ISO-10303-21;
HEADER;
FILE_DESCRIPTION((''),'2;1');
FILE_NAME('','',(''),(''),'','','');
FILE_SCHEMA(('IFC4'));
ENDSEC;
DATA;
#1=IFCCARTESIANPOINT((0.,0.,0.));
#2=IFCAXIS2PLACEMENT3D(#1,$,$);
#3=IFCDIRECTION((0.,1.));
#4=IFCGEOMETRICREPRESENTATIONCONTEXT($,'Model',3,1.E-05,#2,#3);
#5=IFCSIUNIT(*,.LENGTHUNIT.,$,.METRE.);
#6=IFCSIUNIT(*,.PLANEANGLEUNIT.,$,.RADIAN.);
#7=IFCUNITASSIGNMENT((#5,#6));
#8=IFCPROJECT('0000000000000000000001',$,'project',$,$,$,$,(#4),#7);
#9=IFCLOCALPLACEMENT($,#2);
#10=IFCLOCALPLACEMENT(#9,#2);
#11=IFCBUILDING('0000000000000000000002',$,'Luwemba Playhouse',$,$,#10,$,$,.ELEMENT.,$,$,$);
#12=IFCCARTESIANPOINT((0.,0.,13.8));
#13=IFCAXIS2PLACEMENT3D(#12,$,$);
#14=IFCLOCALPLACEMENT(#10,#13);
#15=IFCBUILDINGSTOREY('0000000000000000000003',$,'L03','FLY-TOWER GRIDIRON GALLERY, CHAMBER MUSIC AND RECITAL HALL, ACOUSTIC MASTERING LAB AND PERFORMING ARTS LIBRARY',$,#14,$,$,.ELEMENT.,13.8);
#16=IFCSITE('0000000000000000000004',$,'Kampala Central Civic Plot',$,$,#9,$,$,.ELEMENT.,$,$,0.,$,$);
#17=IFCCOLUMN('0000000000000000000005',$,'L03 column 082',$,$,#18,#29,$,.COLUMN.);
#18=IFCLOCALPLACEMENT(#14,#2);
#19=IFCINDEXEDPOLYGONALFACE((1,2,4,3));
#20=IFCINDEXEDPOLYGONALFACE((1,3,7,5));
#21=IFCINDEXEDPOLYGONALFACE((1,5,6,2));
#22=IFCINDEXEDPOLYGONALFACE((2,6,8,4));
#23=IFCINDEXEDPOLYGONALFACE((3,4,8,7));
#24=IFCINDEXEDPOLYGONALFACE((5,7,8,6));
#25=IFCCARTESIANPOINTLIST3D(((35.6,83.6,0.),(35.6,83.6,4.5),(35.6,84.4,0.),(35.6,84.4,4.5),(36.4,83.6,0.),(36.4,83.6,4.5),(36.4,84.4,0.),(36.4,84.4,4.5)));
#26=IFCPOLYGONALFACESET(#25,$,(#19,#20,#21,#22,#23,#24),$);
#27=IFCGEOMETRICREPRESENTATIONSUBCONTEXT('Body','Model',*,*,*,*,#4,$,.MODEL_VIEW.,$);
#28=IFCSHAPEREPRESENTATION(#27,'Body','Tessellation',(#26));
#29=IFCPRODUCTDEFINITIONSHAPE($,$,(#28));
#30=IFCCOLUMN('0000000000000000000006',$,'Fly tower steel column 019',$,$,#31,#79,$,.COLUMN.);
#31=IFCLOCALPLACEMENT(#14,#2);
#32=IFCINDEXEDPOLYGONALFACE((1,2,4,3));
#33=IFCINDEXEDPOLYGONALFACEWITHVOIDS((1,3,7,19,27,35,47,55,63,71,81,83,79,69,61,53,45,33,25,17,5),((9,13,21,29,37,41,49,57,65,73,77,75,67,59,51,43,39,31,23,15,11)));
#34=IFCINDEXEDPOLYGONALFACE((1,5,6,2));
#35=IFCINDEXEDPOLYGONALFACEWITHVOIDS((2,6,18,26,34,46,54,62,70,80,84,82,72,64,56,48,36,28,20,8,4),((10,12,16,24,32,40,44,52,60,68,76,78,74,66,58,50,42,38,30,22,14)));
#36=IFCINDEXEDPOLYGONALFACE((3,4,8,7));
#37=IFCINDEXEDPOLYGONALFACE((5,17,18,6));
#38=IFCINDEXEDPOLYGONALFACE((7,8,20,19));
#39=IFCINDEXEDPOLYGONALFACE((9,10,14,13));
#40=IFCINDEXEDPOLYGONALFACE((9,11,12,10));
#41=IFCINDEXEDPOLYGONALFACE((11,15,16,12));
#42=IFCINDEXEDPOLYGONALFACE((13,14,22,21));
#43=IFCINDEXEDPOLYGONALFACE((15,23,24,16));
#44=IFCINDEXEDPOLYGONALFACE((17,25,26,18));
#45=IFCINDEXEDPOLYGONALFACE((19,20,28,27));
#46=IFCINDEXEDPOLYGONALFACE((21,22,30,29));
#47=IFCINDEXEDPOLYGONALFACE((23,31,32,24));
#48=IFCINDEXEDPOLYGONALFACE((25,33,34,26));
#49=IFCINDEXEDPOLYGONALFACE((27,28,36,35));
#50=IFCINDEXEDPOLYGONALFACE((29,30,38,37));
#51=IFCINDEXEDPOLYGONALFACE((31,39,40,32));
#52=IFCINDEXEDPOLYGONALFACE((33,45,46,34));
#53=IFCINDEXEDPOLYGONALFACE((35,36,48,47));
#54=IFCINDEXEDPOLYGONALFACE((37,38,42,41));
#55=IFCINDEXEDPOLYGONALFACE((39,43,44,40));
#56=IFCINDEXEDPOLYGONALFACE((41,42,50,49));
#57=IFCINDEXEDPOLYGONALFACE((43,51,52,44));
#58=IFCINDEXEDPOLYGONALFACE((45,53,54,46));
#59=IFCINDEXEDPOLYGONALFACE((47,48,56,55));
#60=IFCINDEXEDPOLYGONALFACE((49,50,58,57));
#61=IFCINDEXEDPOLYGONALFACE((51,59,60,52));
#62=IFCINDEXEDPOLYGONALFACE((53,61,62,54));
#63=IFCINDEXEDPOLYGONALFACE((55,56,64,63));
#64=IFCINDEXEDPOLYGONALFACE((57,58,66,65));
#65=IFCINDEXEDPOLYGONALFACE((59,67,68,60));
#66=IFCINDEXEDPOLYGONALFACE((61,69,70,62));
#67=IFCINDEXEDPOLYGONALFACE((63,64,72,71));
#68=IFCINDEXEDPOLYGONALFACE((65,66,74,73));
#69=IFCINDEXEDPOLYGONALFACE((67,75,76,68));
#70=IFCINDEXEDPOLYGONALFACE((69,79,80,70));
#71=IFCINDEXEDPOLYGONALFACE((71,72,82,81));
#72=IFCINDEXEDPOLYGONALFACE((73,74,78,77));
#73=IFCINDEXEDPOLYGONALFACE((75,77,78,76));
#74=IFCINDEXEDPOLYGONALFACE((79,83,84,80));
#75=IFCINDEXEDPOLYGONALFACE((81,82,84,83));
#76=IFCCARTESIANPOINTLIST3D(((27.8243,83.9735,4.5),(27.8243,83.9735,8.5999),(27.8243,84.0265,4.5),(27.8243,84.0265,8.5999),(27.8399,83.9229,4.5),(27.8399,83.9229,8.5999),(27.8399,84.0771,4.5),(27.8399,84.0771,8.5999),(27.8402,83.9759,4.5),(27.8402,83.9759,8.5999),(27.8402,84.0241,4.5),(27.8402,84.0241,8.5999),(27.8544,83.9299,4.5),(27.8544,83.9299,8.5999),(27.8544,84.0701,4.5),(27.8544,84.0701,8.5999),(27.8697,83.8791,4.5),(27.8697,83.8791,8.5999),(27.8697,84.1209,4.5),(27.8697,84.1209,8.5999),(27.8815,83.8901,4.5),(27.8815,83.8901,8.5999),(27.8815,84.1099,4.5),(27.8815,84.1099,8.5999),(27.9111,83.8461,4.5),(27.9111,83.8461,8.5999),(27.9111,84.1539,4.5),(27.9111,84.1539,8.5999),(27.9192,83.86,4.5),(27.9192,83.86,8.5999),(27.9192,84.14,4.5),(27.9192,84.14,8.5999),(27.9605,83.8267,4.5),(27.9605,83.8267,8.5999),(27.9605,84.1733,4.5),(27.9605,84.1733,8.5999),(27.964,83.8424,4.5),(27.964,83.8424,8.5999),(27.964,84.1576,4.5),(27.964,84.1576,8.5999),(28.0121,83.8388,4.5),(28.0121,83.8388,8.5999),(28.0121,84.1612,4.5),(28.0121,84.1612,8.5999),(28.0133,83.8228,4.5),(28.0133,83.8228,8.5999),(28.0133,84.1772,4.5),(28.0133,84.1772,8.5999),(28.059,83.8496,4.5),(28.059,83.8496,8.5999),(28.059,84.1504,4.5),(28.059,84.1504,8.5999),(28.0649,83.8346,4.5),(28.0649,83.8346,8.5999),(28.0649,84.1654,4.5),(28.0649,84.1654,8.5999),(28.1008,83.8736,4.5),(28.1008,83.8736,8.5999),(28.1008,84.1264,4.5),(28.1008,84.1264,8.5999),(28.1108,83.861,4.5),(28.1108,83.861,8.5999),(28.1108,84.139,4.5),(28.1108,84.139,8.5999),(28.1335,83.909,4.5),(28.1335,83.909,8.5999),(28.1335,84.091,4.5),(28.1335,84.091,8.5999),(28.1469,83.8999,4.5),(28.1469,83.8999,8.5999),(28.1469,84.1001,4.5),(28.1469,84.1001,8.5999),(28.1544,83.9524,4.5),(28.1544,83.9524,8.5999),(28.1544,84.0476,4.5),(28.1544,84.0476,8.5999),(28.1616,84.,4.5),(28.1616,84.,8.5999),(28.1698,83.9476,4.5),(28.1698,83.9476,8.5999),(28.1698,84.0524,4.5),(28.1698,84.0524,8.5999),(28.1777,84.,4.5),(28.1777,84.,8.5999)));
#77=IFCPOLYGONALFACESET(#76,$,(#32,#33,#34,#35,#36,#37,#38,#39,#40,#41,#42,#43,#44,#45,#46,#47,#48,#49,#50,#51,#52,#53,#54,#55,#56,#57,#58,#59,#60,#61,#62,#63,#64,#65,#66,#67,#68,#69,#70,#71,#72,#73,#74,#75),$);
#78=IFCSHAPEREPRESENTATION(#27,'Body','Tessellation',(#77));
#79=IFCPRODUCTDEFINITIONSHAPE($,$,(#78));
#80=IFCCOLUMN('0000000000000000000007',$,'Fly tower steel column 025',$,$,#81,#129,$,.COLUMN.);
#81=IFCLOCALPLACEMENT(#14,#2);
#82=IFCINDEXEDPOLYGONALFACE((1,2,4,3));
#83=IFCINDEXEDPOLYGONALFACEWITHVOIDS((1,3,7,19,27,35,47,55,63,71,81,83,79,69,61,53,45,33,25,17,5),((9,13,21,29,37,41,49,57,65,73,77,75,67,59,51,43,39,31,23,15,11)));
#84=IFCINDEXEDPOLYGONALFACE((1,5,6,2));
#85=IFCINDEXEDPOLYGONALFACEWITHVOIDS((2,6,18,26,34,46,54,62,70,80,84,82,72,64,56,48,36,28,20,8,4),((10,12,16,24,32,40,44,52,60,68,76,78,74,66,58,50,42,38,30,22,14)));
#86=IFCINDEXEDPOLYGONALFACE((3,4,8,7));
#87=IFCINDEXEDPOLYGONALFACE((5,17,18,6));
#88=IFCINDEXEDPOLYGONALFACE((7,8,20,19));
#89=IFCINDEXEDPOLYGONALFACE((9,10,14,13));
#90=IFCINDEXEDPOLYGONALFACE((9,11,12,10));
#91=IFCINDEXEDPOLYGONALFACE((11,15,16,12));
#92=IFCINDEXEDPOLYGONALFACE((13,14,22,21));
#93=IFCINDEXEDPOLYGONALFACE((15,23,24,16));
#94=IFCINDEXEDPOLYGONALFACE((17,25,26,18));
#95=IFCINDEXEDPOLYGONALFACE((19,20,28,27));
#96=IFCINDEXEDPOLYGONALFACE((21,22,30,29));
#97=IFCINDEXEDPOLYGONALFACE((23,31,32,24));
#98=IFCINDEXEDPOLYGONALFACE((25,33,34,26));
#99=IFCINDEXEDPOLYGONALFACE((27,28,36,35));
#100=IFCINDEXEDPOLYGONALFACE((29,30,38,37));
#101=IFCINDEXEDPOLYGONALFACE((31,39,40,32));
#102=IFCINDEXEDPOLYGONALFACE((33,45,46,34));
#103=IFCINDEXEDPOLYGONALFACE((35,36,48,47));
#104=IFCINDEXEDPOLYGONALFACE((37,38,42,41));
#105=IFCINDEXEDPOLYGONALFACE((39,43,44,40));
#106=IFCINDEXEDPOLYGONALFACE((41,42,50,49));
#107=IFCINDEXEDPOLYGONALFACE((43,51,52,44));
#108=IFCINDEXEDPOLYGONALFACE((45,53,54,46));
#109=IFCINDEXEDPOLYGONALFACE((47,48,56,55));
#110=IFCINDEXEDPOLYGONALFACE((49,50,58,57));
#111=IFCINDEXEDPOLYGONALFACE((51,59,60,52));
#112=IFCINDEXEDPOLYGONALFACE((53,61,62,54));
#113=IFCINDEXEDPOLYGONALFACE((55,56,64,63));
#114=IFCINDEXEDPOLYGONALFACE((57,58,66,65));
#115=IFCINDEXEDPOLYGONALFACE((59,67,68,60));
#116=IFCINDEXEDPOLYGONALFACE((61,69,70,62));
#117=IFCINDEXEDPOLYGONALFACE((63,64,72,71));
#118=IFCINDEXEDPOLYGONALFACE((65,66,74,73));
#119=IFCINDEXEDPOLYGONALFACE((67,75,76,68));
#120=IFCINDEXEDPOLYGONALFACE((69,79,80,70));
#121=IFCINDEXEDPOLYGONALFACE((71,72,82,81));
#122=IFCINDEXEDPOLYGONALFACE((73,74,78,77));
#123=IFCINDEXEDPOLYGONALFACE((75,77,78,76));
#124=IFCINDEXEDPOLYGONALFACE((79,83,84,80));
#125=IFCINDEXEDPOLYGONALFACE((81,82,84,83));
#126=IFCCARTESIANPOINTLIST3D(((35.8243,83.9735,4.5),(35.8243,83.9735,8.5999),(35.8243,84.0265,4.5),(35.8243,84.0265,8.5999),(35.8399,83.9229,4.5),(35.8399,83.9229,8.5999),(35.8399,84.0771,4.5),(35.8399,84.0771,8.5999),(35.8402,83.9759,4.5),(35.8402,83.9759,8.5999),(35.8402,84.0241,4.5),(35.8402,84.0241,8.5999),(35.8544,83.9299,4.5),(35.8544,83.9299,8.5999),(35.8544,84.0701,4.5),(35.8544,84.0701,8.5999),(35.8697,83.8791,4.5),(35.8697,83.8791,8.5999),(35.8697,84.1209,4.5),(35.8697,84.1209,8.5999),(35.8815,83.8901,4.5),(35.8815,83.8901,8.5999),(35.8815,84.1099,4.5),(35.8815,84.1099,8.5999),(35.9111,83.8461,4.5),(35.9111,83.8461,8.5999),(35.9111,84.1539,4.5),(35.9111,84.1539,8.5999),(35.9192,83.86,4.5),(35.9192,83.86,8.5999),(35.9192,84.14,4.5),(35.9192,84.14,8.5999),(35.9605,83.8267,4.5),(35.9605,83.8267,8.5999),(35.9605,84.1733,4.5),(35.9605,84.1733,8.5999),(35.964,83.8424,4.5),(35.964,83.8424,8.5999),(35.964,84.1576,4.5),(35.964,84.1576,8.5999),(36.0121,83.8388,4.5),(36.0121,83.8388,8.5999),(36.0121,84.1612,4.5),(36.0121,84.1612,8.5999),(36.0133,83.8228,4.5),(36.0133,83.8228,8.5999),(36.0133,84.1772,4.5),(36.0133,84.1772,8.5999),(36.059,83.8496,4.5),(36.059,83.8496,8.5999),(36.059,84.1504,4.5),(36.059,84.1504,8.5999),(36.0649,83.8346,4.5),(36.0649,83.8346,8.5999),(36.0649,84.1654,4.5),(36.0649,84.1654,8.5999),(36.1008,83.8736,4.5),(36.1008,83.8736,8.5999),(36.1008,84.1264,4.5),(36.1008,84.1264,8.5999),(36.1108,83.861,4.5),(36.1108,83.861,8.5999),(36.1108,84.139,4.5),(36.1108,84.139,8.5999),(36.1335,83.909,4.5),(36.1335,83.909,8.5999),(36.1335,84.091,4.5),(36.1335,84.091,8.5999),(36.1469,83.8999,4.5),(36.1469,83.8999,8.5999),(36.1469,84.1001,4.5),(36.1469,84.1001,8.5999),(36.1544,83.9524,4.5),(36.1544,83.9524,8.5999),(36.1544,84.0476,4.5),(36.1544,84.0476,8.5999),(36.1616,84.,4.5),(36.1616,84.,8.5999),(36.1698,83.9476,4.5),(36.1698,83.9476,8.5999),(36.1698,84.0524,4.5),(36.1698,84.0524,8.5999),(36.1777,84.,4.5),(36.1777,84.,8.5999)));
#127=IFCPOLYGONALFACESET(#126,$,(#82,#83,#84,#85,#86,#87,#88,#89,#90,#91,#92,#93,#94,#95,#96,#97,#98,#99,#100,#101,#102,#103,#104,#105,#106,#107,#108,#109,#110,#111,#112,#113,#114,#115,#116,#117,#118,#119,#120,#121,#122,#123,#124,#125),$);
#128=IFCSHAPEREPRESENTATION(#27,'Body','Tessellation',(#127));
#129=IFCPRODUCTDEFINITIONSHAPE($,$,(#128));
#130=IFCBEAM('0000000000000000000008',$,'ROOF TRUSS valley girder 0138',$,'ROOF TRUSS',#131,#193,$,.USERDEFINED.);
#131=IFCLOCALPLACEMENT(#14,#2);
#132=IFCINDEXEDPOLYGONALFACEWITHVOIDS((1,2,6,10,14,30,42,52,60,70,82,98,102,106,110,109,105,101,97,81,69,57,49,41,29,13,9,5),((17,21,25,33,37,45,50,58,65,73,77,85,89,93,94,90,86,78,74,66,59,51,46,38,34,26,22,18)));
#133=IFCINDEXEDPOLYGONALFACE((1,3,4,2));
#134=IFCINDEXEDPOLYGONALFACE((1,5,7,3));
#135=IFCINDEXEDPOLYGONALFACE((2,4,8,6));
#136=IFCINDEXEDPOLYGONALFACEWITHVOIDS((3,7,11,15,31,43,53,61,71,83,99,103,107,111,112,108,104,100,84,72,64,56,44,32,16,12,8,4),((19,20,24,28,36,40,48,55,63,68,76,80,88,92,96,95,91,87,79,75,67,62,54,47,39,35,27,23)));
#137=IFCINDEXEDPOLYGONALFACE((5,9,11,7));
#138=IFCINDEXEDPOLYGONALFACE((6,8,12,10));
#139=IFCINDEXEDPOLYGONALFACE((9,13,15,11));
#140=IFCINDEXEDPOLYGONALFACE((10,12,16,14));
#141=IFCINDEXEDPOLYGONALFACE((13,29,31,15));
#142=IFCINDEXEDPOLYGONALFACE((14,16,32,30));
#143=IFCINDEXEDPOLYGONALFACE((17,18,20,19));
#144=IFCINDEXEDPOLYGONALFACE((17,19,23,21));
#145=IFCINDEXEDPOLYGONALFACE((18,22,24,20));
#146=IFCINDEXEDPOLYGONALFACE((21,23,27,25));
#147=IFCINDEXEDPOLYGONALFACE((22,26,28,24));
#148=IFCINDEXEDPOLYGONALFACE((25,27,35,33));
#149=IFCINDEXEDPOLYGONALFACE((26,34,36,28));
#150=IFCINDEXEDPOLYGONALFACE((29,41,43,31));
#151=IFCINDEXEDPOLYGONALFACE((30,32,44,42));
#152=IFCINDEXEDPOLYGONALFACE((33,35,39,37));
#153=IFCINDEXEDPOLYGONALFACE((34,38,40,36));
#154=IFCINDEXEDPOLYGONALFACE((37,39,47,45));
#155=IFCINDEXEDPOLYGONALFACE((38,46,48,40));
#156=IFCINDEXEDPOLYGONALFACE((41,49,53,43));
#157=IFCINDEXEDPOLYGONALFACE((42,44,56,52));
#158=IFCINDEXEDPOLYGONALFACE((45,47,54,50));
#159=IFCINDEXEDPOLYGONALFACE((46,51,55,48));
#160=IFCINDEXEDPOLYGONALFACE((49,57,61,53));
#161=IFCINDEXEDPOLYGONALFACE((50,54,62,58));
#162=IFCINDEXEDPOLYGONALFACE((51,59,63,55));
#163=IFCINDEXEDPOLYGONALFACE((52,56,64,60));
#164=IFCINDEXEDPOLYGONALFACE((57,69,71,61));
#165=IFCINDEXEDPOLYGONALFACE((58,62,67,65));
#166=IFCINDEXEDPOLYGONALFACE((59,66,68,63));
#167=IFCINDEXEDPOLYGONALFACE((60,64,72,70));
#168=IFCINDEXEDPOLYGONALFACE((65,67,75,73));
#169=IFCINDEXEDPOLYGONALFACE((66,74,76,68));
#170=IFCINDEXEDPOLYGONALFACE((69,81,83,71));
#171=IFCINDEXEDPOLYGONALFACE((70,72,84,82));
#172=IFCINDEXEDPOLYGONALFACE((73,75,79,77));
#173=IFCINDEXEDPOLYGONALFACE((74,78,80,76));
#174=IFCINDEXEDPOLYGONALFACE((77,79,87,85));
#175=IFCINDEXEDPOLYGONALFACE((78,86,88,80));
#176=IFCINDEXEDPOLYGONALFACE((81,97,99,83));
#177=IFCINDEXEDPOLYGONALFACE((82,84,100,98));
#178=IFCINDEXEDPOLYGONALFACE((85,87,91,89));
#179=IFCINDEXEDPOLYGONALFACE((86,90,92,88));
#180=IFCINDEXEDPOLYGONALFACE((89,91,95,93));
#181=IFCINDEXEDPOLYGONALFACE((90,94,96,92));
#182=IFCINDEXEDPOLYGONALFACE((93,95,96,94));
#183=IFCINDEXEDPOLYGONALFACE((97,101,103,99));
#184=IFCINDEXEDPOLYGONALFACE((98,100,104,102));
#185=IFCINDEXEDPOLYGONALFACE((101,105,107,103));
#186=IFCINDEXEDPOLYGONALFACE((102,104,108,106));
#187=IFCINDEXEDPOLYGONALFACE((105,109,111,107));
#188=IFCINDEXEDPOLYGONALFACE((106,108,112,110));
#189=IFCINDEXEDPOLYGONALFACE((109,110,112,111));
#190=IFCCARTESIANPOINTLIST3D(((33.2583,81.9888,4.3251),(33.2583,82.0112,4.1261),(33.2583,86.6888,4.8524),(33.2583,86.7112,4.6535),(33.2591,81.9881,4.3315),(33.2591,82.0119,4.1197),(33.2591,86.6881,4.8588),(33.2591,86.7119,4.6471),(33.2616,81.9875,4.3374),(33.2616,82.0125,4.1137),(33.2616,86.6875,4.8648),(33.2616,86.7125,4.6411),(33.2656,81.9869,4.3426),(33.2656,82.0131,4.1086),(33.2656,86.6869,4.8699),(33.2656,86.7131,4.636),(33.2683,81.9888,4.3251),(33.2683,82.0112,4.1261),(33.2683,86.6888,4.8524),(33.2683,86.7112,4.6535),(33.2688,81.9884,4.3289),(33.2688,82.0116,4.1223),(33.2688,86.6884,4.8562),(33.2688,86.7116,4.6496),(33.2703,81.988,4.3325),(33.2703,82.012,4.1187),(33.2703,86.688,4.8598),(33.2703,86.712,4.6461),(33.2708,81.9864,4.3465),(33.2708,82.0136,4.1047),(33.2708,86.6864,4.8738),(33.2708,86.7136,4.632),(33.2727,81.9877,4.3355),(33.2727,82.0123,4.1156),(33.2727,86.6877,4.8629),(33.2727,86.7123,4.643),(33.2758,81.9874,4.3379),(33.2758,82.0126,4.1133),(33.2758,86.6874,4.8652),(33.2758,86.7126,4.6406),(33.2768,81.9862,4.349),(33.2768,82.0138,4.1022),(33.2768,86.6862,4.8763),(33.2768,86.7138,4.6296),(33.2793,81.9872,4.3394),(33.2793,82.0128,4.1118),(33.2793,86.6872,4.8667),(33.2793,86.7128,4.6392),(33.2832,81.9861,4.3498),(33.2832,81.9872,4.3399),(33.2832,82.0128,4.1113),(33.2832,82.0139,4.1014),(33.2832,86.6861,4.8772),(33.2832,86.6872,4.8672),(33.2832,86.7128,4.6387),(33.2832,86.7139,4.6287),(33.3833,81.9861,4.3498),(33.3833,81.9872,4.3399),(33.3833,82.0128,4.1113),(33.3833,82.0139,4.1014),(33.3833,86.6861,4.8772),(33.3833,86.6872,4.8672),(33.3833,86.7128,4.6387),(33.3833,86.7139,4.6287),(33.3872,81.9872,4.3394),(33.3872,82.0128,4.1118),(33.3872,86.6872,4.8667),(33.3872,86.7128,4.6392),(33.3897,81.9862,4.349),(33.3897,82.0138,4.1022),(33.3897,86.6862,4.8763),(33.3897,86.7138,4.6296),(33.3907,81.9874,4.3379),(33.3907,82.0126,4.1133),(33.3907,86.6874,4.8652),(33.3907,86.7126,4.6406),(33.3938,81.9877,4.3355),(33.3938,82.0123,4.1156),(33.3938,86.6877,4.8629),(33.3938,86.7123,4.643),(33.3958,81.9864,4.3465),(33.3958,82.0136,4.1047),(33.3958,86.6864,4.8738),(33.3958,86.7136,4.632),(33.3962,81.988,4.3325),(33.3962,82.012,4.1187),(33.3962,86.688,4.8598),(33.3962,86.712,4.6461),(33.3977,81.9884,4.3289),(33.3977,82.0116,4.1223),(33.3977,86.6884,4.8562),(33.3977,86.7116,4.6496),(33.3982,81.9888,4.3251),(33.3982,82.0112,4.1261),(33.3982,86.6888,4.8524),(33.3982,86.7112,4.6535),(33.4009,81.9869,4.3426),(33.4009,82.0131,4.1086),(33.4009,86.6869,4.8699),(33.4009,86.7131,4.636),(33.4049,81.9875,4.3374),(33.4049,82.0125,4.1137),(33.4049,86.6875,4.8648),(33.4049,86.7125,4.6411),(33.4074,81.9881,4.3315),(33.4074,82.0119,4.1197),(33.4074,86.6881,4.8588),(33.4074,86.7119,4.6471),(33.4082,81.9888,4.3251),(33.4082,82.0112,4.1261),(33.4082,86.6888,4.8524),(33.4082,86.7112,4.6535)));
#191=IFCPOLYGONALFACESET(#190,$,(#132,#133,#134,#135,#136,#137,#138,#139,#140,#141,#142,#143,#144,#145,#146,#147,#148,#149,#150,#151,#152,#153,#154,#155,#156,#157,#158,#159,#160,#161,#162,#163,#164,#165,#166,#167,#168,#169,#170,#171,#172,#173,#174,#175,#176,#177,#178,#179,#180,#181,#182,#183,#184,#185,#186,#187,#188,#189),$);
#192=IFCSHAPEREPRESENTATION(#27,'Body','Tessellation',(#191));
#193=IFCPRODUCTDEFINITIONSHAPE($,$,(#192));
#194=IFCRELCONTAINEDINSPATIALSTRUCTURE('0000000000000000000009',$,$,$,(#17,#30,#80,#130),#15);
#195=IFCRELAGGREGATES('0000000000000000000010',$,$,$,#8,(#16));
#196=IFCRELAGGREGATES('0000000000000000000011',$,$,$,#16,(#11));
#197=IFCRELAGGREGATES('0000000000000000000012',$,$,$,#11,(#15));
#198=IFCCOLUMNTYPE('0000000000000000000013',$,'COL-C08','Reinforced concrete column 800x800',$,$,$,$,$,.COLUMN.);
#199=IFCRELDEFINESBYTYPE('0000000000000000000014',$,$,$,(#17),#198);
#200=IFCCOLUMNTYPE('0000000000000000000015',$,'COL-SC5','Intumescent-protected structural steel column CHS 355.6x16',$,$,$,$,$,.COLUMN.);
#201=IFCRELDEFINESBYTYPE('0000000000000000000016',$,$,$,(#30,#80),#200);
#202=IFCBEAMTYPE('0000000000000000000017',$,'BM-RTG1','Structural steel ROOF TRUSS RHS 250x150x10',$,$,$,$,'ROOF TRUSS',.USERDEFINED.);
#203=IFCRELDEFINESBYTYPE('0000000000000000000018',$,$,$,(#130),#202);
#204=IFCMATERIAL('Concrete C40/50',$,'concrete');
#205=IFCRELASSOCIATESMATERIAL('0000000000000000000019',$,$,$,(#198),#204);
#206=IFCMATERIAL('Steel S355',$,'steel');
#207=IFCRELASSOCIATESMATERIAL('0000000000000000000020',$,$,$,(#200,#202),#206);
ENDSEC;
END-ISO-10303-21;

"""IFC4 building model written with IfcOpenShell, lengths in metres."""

from ifc_helpers import new_model, si_unit, direction, frame, origin, origin_2d, place, context, subcontext, project, spatial, rectangle, hollow_rectangle, hollow_circle, extrude, material, material_profile, profile_set, type_object, element, save


model = new_model("IFC4")

# Units and contexts
model_context = context("Model", 3, precision=1e-05, world=origin(), true_north=direction((0.0, 1.0)))
body_context = subcontext(model_context, "Body", "Model", "MODEL_VIEW")
ifc_project = project(units=[si_unit("LENGTHUNIT", "METRE"), si_unit("PLANEANGLEUNIT", "RADIAN")], contexts=[model_context])

# Site, building, storey
site_placement = place(None, origin())
site = spatial("IfcSite", under=ifc_project, at=site_placement, Name="Kampala Central Civic Plot", CompositionType="ELEMENT", RefElevation=0.0)
building_placement = place(site_placement, origin())
building = spatial("IfcBuilding", under=site, at=building_placement, Name="Luwemba Playhouse", CompositionType="ELEMENT")
storey_placement = place(building_placement, frame((0.0, 0.0, 13.8)))
storey = spatial("IfcBuildingStorey", under=building, at=storey_placement, Name="L03", Description="FLY-TOWER GRIDIRON GALLERY, CHAMBER MUSIC AND RECITAL HALL, ACOUSTIC MASTERING LAB AND PERFORMING ARTS LIBRARY", CompositionType="ELEMENT", Elevation=13.8)

# Columns
ifc_material_1 = material(Name="Concrete C40/50", Category="concrete")
ifc_material_profile_1 = material_profile(ifc_material_1, rectangle(XDim=0.8, YDim=0.8, at=origin_2d()))
ifc_profile_set_1 = profile_set([ifc_material_profile_1], Name="Concrete C40/50")
column_type_1 = type_object("IfcColumnType", Name="COL-C08", Description="Reinforced concrete column 800x800", PredefinedType="COLUMN", material=ifc_profile_set_1)
column_placement = place(storey_placement, frame((36.0, 84.0, 0.0), z_axis=(0.0, 0.0, 1.0), x_axis=(1.0, 0.0, 0.0)))
element("IfcColumn", 1, at=column_placement, inside=storey, type_object=column_type_1, Name="L03 column 082", PredefinedType="COLUMN", context=body_context, shape_type="SweptSolid", body=[
    extrude(rectangle(XDim=0.8, YDim=0.8, at=origin_2d()), origin(), (0.0, 0.0, 1.0), 4.5),
])
ifc_material_2 = material(Name="Steel S355", Category="steel")
ifc_material_profile_2 = material_profile(ifc_material_2, hollow_circle(Radius=0.1777, WallThickness=0.0161, at=origin_2d()))
ifc_profile_set_2 = profile_set([ifc_material_profile_2], Name="Steel S355")
column_type_2 = type_object("IfcColumnType", Name="COL-SC5", Description="Intumescent-protected structural steel column CHS 355.6x16", PredefinedType="COLUMN", material=ifc_profile_set_2)
for number, where, z_axis, x_axis, name in (
    (2, (28.0, 84.0, 4.5), (0.0, 0.0, 1.0), (1.0, 0.0, 0.0), "Fly tower steel column 019"),
    (3, (36.0, 84.0, 4.5), (0.0, 0.0, 1.0), (1.0, 0.0, 0.0), "Fly tower steel column 025"),
):
    element("IfcColumn", number, at=place(storey_placement, frame(where, z_axis=z_axis, x_axis=x_axis)), inside=storey, type_object=column_type_2, Name=name, PredefinedType="COLUMN", context=body_context, shape_type="SweptSolid", body=[
        extrude(hollow_circle(Radius=0.1777, WallThickness=0.0161, at=origin_2d()), origin(), (0.0, 0.0, 1.0), 4.0999),
    ])

# Beam
ifc_material_profile_3 = material_profile(ifc_material_2, hollow_rectangle(XDim=0.1499, YDim=0.25, WallThickness=0.01, InnerFilletRadius=0.0149, OuterFilletRadius=0.0249, at=origin_2d()))
ifc_profile_set_3 = profile_set([ifc_material_profile_3], Name="Steel S355")
beam_type_1 = type_object("IfcBeamType", Name="BM-RTG1", Description="Structural steel ROOF TRUSS RHS 250x150x10", ElementType="ROOF TRUSS", PredefinedType="USERDEFINED", material=ifc_profile_set_3)
beam_1_placement = place(storey_placement, frame((33.3333, 82.0, 4.2256), z_axis=(0.0, 0.993764, 0.111502), x_axis=(-1.0, 0.0, 0.0)))
element("IfcBeam", 4, at=beam_1_placement, inside=storey, type_object=beam_type_1, Name="ROOF TRUSS valley girder 0138", ObjectType="ROOF TRUSS", PredefinedType="USERDEFINED", context=body_context, shape_type="SweptSolid", body=[
    extrude(hollow_rectangle(XDim=0.1499, YDim=0.25, WallThickness=0.01, InnerFilletRadius=0.0149, OuterFilletRadius=0.0249, at=origin_2d()), origin(), (0.0, 0.0, 1.0), 4.7295),
])

save(model, "model.ifc")
